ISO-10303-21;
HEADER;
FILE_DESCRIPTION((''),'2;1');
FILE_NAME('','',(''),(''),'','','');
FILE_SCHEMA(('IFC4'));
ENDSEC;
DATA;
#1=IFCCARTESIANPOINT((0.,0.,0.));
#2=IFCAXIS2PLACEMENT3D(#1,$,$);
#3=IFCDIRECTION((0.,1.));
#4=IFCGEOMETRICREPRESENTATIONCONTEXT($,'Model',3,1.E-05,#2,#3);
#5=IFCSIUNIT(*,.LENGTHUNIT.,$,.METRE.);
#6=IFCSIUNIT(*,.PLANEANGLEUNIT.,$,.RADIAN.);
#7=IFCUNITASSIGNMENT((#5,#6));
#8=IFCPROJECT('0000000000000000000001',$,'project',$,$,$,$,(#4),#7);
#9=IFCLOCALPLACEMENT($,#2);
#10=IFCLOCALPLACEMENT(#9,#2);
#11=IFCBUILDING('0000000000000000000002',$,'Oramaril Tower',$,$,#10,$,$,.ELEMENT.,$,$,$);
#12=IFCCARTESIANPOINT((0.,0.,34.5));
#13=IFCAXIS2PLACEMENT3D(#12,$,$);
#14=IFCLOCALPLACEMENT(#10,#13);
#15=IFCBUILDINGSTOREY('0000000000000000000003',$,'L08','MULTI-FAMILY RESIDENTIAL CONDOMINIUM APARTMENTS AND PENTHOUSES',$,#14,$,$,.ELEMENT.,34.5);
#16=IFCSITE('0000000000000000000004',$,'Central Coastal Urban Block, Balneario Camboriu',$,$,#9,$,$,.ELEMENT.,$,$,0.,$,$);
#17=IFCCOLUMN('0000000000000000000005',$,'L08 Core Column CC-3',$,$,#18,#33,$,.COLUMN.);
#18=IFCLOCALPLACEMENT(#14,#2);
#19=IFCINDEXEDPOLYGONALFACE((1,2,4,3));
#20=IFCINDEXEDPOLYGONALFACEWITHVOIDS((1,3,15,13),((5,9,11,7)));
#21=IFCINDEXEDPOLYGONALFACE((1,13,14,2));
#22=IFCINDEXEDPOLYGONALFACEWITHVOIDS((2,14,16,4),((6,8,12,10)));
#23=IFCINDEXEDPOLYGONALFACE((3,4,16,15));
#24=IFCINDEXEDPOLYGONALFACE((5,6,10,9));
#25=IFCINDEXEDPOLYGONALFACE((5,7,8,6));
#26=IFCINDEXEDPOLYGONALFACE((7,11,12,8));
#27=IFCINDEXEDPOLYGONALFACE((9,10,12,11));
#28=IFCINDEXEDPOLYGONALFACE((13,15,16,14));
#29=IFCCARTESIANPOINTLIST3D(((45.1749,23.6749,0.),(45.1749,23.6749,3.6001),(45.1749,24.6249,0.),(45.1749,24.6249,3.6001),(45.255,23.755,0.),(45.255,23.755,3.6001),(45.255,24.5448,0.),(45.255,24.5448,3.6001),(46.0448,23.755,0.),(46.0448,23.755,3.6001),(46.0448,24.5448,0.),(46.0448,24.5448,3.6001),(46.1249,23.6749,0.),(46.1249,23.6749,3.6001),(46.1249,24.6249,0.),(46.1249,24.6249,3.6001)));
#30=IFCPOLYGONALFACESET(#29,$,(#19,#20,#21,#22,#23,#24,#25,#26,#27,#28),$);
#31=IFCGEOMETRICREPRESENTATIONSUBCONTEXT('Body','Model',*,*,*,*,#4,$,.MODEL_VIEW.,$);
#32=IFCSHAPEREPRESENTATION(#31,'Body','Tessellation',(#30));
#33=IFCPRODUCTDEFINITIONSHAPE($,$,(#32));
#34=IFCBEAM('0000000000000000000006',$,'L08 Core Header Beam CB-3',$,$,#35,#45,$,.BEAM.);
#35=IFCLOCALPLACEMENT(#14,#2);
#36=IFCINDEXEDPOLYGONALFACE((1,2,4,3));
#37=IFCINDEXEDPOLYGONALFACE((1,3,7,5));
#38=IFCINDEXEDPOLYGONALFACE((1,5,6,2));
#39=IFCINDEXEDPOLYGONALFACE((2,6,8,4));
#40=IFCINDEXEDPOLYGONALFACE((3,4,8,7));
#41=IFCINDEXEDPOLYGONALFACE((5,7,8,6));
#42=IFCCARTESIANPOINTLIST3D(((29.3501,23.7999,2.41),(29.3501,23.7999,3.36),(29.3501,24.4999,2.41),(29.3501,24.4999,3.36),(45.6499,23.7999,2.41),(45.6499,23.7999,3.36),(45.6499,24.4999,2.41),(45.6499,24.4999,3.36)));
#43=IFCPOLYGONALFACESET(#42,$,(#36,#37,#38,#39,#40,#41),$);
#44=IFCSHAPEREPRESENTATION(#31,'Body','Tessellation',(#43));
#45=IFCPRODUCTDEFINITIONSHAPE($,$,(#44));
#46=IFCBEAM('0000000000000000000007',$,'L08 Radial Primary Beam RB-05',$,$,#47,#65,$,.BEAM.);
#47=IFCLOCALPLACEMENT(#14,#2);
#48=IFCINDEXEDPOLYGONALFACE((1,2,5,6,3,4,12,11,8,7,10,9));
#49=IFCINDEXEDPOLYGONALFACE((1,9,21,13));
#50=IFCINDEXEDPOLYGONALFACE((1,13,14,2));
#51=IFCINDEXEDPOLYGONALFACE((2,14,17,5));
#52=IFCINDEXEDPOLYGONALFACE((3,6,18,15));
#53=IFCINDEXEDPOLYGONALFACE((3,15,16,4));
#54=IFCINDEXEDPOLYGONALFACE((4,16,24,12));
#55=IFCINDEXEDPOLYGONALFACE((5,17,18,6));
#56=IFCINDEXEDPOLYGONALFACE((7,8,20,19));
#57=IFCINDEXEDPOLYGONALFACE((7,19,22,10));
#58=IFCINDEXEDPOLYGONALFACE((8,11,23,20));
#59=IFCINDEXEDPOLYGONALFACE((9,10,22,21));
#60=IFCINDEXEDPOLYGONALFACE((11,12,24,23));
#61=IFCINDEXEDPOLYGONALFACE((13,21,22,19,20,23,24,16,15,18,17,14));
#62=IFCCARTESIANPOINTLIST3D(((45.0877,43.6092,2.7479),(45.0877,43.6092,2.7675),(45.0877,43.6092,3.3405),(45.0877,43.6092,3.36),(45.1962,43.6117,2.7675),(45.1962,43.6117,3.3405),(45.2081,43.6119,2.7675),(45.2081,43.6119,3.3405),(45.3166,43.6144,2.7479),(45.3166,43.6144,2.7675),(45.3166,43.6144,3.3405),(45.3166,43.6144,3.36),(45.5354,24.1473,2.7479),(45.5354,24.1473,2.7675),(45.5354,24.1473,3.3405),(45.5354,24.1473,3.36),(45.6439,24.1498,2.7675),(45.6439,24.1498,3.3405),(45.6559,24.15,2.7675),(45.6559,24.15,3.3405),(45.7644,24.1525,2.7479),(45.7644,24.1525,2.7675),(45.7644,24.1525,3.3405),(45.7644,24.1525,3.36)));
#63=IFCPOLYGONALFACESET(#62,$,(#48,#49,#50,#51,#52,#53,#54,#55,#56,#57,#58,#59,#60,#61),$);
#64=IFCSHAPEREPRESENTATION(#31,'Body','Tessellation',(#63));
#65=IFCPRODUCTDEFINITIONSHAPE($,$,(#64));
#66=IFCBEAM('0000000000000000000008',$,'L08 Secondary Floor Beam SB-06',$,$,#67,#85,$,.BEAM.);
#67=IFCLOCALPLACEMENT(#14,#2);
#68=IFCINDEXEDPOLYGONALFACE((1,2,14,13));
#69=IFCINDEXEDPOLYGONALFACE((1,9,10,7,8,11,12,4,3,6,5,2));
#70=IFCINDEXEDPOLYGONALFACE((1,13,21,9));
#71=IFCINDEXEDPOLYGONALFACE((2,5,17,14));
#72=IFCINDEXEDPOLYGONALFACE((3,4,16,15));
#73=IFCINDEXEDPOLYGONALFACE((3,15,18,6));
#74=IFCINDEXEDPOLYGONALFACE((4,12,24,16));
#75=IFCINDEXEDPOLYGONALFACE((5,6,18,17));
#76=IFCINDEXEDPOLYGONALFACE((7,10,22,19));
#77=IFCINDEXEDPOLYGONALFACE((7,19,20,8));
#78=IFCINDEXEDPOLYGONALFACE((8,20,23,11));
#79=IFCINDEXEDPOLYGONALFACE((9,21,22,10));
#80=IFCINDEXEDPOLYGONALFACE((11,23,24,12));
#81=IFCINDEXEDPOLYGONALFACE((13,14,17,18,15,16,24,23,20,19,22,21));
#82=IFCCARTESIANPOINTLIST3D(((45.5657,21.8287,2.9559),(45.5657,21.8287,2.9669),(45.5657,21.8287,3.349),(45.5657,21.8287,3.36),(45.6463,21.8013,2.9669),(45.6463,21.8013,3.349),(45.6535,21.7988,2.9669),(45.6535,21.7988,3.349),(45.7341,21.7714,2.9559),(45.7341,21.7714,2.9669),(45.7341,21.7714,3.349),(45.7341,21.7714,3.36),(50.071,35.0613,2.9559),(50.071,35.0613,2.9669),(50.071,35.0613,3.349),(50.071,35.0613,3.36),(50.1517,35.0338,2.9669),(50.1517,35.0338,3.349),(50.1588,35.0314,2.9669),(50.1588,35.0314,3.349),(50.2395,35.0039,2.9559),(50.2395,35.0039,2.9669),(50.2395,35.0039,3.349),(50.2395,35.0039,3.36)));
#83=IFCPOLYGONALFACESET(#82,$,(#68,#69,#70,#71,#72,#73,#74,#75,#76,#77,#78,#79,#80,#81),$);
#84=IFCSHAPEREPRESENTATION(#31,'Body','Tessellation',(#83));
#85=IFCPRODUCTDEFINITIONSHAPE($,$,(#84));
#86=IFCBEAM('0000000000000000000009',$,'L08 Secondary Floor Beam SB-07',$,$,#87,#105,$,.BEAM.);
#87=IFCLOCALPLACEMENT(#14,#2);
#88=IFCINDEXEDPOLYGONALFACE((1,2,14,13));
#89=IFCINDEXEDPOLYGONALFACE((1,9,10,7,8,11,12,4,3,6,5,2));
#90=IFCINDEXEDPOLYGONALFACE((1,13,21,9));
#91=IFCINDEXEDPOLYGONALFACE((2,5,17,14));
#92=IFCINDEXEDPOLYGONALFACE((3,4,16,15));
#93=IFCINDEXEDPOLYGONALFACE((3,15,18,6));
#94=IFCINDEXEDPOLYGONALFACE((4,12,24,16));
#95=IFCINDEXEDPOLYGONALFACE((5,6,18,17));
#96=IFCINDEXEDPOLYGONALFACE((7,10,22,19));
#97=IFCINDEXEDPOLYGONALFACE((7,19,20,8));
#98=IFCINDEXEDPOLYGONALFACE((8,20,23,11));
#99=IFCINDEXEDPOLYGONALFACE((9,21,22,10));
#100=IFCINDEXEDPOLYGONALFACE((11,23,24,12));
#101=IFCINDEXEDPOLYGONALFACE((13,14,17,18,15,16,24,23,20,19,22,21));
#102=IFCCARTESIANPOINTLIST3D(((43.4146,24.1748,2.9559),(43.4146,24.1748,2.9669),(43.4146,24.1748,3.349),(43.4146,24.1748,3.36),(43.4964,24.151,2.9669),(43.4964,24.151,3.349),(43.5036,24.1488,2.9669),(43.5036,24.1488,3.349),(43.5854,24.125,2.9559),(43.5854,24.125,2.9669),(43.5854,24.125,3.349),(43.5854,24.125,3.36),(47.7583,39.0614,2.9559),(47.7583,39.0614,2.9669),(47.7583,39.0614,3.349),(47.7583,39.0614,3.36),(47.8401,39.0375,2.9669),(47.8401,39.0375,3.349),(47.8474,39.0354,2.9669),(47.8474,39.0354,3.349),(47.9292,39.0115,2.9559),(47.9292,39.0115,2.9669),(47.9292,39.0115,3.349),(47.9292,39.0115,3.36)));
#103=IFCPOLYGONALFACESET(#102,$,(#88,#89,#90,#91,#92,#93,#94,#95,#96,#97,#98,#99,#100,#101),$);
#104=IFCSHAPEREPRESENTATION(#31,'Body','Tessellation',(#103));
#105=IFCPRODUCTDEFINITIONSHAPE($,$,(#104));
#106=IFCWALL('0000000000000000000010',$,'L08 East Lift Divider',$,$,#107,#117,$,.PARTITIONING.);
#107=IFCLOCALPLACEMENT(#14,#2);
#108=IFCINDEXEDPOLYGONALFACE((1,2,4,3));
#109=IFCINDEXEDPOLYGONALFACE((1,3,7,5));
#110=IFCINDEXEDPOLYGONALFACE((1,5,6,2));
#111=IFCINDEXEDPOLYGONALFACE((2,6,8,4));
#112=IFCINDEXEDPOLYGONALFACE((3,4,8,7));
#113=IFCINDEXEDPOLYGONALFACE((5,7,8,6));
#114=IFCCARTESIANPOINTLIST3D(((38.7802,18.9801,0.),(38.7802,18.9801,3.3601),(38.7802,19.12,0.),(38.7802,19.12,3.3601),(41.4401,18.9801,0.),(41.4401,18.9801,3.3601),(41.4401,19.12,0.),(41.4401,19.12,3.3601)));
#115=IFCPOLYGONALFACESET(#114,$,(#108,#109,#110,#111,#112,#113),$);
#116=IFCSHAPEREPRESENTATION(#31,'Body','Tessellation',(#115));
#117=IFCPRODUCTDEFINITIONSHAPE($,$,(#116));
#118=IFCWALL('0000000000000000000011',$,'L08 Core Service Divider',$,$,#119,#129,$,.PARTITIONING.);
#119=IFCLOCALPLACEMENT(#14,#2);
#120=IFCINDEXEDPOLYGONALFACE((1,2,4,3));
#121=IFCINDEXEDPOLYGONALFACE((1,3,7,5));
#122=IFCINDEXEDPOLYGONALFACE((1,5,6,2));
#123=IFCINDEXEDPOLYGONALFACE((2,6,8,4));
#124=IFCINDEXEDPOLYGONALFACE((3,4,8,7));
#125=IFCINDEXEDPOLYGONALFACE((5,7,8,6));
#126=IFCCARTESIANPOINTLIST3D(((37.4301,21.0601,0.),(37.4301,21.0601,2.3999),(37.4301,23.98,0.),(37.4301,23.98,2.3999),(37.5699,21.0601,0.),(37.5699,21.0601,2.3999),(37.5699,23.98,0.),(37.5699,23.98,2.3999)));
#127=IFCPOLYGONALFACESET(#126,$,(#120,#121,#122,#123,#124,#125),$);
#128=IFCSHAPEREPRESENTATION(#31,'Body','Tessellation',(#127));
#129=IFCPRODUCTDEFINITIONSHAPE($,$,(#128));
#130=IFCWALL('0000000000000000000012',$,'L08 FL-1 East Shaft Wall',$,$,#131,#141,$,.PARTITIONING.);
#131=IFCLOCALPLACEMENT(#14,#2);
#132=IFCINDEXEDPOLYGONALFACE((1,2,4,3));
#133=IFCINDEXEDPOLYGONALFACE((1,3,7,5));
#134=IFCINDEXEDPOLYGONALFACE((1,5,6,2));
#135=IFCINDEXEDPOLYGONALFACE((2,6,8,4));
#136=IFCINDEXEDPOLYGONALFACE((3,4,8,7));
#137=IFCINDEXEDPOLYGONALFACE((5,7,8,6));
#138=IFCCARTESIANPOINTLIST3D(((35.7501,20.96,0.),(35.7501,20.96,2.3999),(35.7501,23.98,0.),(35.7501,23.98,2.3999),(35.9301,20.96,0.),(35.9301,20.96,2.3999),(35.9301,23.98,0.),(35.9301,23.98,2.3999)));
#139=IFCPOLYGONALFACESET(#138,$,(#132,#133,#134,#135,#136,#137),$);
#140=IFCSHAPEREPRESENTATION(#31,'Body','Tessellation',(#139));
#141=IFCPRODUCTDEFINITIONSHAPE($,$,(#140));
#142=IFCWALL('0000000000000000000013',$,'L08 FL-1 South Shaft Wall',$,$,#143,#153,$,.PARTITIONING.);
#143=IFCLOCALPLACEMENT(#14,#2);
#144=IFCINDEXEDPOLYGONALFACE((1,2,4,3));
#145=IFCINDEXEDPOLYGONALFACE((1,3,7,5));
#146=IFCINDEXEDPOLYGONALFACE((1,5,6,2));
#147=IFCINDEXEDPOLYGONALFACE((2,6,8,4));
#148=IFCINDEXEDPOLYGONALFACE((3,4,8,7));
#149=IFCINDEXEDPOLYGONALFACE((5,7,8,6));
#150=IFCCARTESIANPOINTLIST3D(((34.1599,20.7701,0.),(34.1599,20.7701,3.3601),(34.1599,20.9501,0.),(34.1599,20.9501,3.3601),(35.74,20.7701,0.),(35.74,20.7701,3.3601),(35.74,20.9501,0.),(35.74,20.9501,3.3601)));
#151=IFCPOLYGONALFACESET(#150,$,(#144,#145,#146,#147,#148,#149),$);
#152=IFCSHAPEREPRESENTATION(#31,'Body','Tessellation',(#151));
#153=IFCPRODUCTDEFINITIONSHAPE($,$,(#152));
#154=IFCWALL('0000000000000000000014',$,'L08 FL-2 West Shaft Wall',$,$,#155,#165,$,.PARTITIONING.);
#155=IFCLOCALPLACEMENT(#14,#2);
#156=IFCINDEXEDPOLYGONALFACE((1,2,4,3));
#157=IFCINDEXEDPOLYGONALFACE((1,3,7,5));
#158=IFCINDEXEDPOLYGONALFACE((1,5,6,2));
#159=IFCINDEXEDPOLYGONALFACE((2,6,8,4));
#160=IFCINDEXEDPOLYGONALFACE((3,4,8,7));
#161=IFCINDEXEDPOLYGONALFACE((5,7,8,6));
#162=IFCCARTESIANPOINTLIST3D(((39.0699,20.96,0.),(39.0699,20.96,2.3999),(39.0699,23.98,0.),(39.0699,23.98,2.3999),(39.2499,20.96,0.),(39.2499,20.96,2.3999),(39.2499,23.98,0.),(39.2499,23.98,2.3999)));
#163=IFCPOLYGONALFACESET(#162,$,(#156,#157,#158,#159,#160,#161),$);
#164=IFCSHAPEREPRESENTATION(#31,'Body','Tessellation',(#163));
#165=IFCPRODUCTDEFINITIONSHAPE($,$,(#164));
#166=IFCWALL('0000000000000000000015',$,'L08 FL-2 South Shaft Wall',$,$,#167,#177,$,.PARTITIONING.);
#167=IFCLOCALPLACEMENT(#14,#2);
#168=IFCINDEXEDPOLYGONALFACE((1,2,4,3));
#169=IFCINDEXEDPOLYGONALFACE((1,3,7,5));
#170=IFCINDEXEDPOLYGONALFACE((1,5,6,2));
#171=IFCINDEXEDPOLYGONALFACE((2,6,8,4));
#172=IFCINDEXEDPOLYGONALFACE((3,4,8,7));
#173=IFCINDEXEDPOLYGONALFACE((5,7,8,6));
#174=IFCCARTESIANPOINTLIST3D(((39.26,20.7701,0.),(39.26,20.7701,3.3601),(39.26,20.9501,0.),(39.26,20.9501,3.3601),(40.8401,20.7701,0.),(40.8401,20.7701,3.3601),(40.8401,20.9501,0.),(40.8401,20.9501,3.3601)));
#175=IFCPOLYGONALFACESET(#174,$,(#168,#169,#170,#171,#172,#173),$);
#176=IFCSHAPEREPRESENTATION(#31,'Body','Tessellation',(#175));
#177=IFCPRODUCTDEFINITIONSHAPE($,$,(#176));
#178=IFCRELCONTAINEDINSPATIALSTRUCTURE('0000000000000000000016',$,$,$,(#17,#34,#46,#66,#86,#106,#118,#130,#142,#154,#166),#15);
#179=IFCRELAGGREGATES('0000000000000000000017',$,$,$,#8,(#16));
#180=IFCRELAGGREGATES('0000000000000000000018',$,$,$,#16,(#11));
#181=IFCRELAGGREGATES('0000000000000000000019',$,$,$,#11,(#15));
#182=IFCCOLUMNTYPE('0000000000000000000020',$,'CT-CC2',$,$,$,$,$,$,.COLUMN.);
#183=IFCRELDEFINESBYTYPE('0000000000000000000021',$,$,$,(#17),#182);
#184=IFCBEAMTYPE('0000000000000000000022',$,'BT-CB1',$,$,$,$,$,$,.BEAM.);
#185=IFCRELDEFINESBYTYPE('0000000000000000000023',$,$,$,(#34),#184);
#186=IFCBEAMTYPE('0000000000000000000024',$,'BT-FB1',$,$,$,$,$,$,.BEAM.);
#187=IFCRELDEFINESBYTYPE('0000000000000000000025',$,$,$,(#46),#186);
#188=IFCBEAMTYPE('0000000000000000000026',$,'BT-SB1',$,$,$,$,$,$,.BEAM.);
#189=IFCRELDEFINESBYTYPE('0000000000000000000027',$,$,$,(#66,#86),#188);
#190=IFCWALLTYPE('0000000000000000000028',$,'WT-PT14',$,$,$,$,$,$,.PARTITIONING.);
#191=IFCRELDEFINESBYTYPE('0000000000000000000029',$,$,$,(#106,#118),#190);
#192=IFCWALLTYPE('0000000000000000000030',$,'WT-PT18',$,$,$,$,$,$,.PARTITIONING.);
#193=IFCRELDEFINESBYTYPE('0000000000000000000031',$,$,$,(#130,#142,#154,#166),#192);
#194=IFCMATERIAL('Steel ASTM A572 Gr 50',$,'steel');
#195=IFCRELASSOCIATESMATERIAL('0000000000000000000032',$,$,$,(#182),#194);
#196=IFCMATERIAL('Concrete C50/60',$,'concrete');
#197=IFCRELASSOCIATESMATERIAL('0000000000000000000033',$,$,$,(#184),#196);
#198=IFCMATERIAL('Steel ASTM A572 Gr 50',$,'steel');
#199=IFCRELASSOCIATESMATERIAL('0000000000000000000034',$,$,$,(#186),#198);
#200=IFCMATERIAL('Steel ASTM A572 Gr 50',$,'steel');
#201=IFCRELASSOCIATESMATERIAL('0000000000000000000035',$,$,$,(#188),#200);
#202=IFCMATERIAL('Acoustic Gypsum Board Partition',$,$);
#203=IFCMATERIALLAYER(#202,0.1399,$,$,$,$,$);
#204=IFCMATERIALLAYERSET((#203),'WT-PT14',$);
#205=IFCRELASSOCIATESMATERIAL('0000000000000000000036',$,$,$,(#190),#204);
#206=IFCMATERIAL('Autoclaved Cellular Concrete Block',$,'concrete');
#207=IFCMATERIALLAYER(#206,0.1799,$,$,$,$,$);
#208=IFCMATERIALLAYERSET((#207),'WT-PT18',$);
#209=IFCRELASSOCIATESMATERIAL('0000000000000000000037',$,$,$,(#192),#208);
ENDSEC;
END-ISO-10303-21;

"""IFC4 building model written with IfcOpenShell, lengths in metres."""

from ifc_helpers import new_model, si_unit, direction, frame, frame_2d, origin, origin_2d, place, context, subcontext, project, spatial, rectangle, hollow_rectangle, i_section, extrude, material, layer, layer_set, material_profile, profile_set, type_object, element, save


model = new_model("IFC4")

# Units and contexts
model_context = context("Model", 3, precision=1e-05, world=origin(), true_north=direction((0.0, 1.0)))
body_context = subcontext(model_context, "Body", "Model", "MODEL_VIEW")
ifc_project = project(units=[si_unit("LENGTHUNIT", "METRE"), si_unit("PLANEANGLEUNIT", "RADIAN")], contexts=[model_context])

# Site, building, storey
site_placement = place(None, origin())
site = spatial("IfcSite", under=ifc_project, at=site_placement, Name="Central Coastal Urban Block, Balneario Camboriu", CompositionType="ELEMENT", RefElevation=0.0)
building_placement = place(site_placement, origin())
building = spatial("IfcBuilding", under=site, at=building_placement, Name="Oramaril Tower", CompositionType="ELEMENT")
storey_placement = place(building_placement, frame((0.0, 0.0, 34.5)))
storey = spatial("IfcBuildingStorey", under=building, at=storey_placement, Name="L08", Description="MULTI-FAMILY RESIDENTIAL CONDOMINIUM APARTMENTS AND PENTHOUSES", CompositionType="ELEMENT", Elevation=34.5)

# Column
ifc_material_1 = material(Name="Steel ASTM A572 Gr 50", Category="steel")
ifc_material_profile_1 = material_profile(ifc_material_1, hollow_rectangle(XDim=0.95, YDim=0.95, WallThickness=0.0801, at=origin_2d()), Name="BOX950X950X80")
ifc_profile_set_1 = profile_set([ifc_material_profile_1], Name="Steel ASTM A572 Gr 50")
column_type = type_object("IfcColumnType", Name="CT-CC2", PredefinedType="COLUMN", material=ifc_profile_set_1)
column_placement = place(storey_placement, frame((45.6499, 24.1499, 0.0), z_axis=(0.0, 0.0, 1.0), x_axis=(1.0, 0.0, 0.0)))
element("IfcColumn", 1, at=column_placement, inside=storey, type_object=column_type, Name="L08 Core Column CC-3", PredefinedType="COLUMN", context=body_context, shape_type="SweptSolid", body=[
    extrude(hollow_rectangle(XDim=0.95, YDim=0.95, WallThickness=0.0801, at=origin_2d()), origin(), (0.0, 0.0, 1.0), 3.6001),
])

# Beams
ifc_material_2 = material(Name="Concrete C50/60", Category="concrete")
ifc_material_profile_2 = material_profile(ifc_material_2, rectangle(XDim=0.7, YDim=0.95, at=origin_2d()), Name="CB700X950")
ifc_profile_set_2 = profile_set([ifc_material_profile_2], Name="Concrete C50/60")
beam_type_1 = type_object("IfcBeamType", Name="BT-CB1", PredefinedType="BEAM", material=ifc_profile_set_2)
beam_1_placement = place(storey_placement, frame((45.6499, 24.1499, 2.885), z_axis=(-1.0, 0.0, 0.0), x_axis=(0.0, -1.0, 0.0)))
element("IfcBeam", 2, at=beam_1_placement, inside=storey, type_object=beam_type_1, Name="L08 Core Header Beam CB-3", PredefinedType="BEAM", context=body_context, shape_type="SweptSolid", body=[
    extrude(rectangle(XDim=0.7, YDim=0.95, at=origin_2d()), origin(), (0.0, 0.0, 1.0), 16.2998),
])
ifc_material_3 = material(Name="Steel ASTM A572 Gr 50", Category="steel")
ifc_material_profile_3 = material_profile(ifc_material_3, i_section(OverallWidth=0.229, OverallDepth=0.6121, WebThickness=0.012, FlangeThickness=0.0195, at=origin_2d()), Name="W24X84")
ifc_profile_set_3 = profile_set([ifc_material_profile_3], Name="Steel ASTM A572 Gr 50")
beam_type_2 = type_object("IfcBeamType", Name="BT-FB1", PredefinedType="BEAM", material=ifc_profile_set_3)
beam_2_placement = place(storey_placement, frame((45.6499, 24.1499, 3.054), z_axis=(-0.023001, 0.999735, 0.0), x_axis=(-0.999735, -0.023001, 0.0)))
element("IfcBeam", 3, at=beam_2_placement, inside=storey, type_object=beam_type_2, Name="L08 Radial Primary Beam RB-05", PredefinedType="BEAM", context=body_context, shape_type="SweptSolid", body=[
    extrude(i_section(OverallWidth=0.229, OverallDepth=0.6121, WebThickness=0.012, FlangeThickness=0.0195, at=origin_2d()), origin(), (0.0, 0.0, 1.0), 19.467),
])
ifc_material_4 = material(Name="Steel ASTM A572 Gr 50", Category="steel")
ifc_material_profile_4 = material_profile(ifc_material_4, i_section(OverallWidth=0.178, OverallDepth=0.4041, WebThickness=0.0076, FlangeThickness=0.011, at=origin_2d()), Name="W16X36")
ifc_profile_set_4 = profile_set([ifc_material_profile_4], Name="Steel ASTM A572 Gr 50")
beam_type_3 = type_object("IfcBeamType", Name="BT-SB1", PredefinedType="BEAM", material=ifc_profile_set_4)
beam_3_placement = place(storey_placement, frame((45.6499, 21.8, 3.158), z_axis=(0.322304, 0.946636, 0.0), x_axis=(-0.946636, 0.322304, 0.0)))
element("IfcBeam", 4, at=beam_3_placement, inside=storey, type_object=beam_type_3, Name="L08 Secondary Floor Beam SB-06", PredefinedType="BEAM", context=body_context, shape_type="SweptSolid", body=[
    extrude(i_section(OverallWidth=0.178, OverallDepth=0.4041, WebThickness=0.0076, FlangeThickness=0.011, at=origin_2d()), origin(), (0.0, 0.0, 1.0), 13.9785),
])
beam_4_placement = place(storey_placement, frame((43.5, 24.1499, 3.158), z_axis=(0.280111, 0.959968, 0.0), x_axis=(-0.959968, 0.280111, 0.0)))
element("IfcBeam", 5, at=beam_4_placement, inside=storey, type_object=beam_type_3, Name="L08 Secondary Floor Beam SB-07", PredefinedType="BEAM", context=body_context, shape_type="SweptSolid", body=[
    extrude(i_section(OverallWidth=0.178, OverallDepth=0.4041, WebThickness=0.0076, FlangeThickness=0.011, at=origin_2d()), origin(), (0.0, 0.0, 1.0), 15.5073),
])

# Walls
ifc_material_5 = material(Name="Acoustic Gypsum Board Partition")
ifc_layer_1 = layer(ifc_material_5, 0.1399)
ifc_layer_set_1 = layer_set([ifc_layer_1], Name="WT-PT14")
wall_type_1 = type_object("IfcWallType", Name="WT-PT14", PredefinedType="PARTITIONING", material=ifc_layer_set_1)
wall_1_placement = place(storey_placement, frame((38.78, 19.05, 0.0), z_axis=(0.0, 0.0, 1.0), x_axis=(1.0, 0.0, 0.0)))
element("IfcWall", 6, at=wall_1_placement, inside=storey, type_object=wall_type_1, Name="L08 East Lift Divider", PredefinedType="PARTITIONING", context=body_context, shape_type="SweptSolid", body=[
    extrude(rectangle(XDim=2.6599, YDim=0.1399, at=frame_2d((1.3301, 0.0))), origin(), (0.0, 0.0, 1.0), 3.3601),
])
wall_2_placement = place(storey_placement, frame((37.5, 21.0601, 0.0), z_axis=(0.0, 0.0, 1.0), x_axis=(0.0, 1.0, 0.0)))
element("IfcWall", 7, at=wall_2_placement, inside=storey, type_object=wall_type_1, Name="L08 Core Service Divider", PredefinedType="PARTITIONING", context=body_context, shape_type="SweptSolid", body=[
    extrude(rectangle(XDim=2.9199, YDim=0.1399, at=frame_2d((1.46, 0.0))), origin(), (0.0, 0.0, 1.0), 2.3999),
])
ifc_material_6 = material(Name="Autoclaved Cellular Concrete Block", Category="concrete")
ifc_layer_2 = layer(ifc_material_6, 0.1799)
ifc_layer_set_2 = layer_set([ifc_layer_2], Name="WT-PT18")
wall_type_2 = type_object("IfcWallType", Name="WT-PT18", PredefinedType="PARTITIONING", material=ifc_layer_set_2)
wall_3_placement = place(storey_placement, frame((35.8401, 20.96, 0.0), z_axis=(0.0, 0.0, 1.0), x_axis=(0.0, 1.0, 0.0)))
element("IfcWall", 8, at=wall_3_placement, inside=storey, type_object=wall_type_2, Name="L08 FL-1 East Shaft Wall", PredefinedType="PARTITIONING", context=body_context, shape_type="SweptSolid", body=[
    extrude(rectangle(XDim=3.02, YDim=0.1799, at=frame_2d((1.51, 0.0))), origin(), (0.0, 0.0, 1.0), 2.3999),
])
wall_4_placement = place(storey_placement, frame((34.1599, 20.8601, 0.0), z_axis=(0.0, 0.0, 1.0), x_axis=(1.0, 0.0, 0.0)))
element("IfcWall", 9, at=wall_4_placement, inside=storey, type_object=wall_type_2, Name="L08 FL-1 South Shaft Wall", PredefinedType="PARTITIONING", context=body_context, shape_type="SweptSolid", body=[
    extrude(rectangle(XDim=1.5801, YDim=0.1799, at=frame_2d((0.79, 0.0))), origin(), (0.0, 0.0, 1.0), 3.3601),
])
wall_5_placement = place(storey_placement, frame((39.1599, 20.96, 0.0), z_axis=(0.0, 0.0, 1.0), x_axis=(0.0, 1.0, 0.0)))
element("IfcWall", 10, at=wall_5_placement, inside=storey, type_object=wall_type_2, Name="L08 FL-2 West Shaft Wall", PredefinedType="PARTITIONING", context=body_context, shape_type="SweptSolid", body=[
    extrude(rectangle(XDim=3.02, YDim=0.1799, at=frame_2d((1.51, 0.0))), origin(), (0.0, 0.0, 1.0), 2.3999),
])
wall_6_placement = place(storey_placement, frame((39.26, 20.8601, 0.0), z_axis=(0.0, 0.0, 1.0), x_axis=(1.0, 0.0, 0.0)))
element("IfcWall", 11, at=wall_6_placement, inside=storey, type_object=wall_type_2, Name="L08 FL-2 South Shaft Wall", PredefinedType="PARTITIONING", context=body_context, shape_type="SweptSolid", body=[
    extrude(rectangle(XDim=1.5801, YDim=0.1799, at=frame_2d((0.79, 0.0))), origin(), (0.0, 0.0, 1.0), 3.3601),
])

save(model, "model.ifc")
